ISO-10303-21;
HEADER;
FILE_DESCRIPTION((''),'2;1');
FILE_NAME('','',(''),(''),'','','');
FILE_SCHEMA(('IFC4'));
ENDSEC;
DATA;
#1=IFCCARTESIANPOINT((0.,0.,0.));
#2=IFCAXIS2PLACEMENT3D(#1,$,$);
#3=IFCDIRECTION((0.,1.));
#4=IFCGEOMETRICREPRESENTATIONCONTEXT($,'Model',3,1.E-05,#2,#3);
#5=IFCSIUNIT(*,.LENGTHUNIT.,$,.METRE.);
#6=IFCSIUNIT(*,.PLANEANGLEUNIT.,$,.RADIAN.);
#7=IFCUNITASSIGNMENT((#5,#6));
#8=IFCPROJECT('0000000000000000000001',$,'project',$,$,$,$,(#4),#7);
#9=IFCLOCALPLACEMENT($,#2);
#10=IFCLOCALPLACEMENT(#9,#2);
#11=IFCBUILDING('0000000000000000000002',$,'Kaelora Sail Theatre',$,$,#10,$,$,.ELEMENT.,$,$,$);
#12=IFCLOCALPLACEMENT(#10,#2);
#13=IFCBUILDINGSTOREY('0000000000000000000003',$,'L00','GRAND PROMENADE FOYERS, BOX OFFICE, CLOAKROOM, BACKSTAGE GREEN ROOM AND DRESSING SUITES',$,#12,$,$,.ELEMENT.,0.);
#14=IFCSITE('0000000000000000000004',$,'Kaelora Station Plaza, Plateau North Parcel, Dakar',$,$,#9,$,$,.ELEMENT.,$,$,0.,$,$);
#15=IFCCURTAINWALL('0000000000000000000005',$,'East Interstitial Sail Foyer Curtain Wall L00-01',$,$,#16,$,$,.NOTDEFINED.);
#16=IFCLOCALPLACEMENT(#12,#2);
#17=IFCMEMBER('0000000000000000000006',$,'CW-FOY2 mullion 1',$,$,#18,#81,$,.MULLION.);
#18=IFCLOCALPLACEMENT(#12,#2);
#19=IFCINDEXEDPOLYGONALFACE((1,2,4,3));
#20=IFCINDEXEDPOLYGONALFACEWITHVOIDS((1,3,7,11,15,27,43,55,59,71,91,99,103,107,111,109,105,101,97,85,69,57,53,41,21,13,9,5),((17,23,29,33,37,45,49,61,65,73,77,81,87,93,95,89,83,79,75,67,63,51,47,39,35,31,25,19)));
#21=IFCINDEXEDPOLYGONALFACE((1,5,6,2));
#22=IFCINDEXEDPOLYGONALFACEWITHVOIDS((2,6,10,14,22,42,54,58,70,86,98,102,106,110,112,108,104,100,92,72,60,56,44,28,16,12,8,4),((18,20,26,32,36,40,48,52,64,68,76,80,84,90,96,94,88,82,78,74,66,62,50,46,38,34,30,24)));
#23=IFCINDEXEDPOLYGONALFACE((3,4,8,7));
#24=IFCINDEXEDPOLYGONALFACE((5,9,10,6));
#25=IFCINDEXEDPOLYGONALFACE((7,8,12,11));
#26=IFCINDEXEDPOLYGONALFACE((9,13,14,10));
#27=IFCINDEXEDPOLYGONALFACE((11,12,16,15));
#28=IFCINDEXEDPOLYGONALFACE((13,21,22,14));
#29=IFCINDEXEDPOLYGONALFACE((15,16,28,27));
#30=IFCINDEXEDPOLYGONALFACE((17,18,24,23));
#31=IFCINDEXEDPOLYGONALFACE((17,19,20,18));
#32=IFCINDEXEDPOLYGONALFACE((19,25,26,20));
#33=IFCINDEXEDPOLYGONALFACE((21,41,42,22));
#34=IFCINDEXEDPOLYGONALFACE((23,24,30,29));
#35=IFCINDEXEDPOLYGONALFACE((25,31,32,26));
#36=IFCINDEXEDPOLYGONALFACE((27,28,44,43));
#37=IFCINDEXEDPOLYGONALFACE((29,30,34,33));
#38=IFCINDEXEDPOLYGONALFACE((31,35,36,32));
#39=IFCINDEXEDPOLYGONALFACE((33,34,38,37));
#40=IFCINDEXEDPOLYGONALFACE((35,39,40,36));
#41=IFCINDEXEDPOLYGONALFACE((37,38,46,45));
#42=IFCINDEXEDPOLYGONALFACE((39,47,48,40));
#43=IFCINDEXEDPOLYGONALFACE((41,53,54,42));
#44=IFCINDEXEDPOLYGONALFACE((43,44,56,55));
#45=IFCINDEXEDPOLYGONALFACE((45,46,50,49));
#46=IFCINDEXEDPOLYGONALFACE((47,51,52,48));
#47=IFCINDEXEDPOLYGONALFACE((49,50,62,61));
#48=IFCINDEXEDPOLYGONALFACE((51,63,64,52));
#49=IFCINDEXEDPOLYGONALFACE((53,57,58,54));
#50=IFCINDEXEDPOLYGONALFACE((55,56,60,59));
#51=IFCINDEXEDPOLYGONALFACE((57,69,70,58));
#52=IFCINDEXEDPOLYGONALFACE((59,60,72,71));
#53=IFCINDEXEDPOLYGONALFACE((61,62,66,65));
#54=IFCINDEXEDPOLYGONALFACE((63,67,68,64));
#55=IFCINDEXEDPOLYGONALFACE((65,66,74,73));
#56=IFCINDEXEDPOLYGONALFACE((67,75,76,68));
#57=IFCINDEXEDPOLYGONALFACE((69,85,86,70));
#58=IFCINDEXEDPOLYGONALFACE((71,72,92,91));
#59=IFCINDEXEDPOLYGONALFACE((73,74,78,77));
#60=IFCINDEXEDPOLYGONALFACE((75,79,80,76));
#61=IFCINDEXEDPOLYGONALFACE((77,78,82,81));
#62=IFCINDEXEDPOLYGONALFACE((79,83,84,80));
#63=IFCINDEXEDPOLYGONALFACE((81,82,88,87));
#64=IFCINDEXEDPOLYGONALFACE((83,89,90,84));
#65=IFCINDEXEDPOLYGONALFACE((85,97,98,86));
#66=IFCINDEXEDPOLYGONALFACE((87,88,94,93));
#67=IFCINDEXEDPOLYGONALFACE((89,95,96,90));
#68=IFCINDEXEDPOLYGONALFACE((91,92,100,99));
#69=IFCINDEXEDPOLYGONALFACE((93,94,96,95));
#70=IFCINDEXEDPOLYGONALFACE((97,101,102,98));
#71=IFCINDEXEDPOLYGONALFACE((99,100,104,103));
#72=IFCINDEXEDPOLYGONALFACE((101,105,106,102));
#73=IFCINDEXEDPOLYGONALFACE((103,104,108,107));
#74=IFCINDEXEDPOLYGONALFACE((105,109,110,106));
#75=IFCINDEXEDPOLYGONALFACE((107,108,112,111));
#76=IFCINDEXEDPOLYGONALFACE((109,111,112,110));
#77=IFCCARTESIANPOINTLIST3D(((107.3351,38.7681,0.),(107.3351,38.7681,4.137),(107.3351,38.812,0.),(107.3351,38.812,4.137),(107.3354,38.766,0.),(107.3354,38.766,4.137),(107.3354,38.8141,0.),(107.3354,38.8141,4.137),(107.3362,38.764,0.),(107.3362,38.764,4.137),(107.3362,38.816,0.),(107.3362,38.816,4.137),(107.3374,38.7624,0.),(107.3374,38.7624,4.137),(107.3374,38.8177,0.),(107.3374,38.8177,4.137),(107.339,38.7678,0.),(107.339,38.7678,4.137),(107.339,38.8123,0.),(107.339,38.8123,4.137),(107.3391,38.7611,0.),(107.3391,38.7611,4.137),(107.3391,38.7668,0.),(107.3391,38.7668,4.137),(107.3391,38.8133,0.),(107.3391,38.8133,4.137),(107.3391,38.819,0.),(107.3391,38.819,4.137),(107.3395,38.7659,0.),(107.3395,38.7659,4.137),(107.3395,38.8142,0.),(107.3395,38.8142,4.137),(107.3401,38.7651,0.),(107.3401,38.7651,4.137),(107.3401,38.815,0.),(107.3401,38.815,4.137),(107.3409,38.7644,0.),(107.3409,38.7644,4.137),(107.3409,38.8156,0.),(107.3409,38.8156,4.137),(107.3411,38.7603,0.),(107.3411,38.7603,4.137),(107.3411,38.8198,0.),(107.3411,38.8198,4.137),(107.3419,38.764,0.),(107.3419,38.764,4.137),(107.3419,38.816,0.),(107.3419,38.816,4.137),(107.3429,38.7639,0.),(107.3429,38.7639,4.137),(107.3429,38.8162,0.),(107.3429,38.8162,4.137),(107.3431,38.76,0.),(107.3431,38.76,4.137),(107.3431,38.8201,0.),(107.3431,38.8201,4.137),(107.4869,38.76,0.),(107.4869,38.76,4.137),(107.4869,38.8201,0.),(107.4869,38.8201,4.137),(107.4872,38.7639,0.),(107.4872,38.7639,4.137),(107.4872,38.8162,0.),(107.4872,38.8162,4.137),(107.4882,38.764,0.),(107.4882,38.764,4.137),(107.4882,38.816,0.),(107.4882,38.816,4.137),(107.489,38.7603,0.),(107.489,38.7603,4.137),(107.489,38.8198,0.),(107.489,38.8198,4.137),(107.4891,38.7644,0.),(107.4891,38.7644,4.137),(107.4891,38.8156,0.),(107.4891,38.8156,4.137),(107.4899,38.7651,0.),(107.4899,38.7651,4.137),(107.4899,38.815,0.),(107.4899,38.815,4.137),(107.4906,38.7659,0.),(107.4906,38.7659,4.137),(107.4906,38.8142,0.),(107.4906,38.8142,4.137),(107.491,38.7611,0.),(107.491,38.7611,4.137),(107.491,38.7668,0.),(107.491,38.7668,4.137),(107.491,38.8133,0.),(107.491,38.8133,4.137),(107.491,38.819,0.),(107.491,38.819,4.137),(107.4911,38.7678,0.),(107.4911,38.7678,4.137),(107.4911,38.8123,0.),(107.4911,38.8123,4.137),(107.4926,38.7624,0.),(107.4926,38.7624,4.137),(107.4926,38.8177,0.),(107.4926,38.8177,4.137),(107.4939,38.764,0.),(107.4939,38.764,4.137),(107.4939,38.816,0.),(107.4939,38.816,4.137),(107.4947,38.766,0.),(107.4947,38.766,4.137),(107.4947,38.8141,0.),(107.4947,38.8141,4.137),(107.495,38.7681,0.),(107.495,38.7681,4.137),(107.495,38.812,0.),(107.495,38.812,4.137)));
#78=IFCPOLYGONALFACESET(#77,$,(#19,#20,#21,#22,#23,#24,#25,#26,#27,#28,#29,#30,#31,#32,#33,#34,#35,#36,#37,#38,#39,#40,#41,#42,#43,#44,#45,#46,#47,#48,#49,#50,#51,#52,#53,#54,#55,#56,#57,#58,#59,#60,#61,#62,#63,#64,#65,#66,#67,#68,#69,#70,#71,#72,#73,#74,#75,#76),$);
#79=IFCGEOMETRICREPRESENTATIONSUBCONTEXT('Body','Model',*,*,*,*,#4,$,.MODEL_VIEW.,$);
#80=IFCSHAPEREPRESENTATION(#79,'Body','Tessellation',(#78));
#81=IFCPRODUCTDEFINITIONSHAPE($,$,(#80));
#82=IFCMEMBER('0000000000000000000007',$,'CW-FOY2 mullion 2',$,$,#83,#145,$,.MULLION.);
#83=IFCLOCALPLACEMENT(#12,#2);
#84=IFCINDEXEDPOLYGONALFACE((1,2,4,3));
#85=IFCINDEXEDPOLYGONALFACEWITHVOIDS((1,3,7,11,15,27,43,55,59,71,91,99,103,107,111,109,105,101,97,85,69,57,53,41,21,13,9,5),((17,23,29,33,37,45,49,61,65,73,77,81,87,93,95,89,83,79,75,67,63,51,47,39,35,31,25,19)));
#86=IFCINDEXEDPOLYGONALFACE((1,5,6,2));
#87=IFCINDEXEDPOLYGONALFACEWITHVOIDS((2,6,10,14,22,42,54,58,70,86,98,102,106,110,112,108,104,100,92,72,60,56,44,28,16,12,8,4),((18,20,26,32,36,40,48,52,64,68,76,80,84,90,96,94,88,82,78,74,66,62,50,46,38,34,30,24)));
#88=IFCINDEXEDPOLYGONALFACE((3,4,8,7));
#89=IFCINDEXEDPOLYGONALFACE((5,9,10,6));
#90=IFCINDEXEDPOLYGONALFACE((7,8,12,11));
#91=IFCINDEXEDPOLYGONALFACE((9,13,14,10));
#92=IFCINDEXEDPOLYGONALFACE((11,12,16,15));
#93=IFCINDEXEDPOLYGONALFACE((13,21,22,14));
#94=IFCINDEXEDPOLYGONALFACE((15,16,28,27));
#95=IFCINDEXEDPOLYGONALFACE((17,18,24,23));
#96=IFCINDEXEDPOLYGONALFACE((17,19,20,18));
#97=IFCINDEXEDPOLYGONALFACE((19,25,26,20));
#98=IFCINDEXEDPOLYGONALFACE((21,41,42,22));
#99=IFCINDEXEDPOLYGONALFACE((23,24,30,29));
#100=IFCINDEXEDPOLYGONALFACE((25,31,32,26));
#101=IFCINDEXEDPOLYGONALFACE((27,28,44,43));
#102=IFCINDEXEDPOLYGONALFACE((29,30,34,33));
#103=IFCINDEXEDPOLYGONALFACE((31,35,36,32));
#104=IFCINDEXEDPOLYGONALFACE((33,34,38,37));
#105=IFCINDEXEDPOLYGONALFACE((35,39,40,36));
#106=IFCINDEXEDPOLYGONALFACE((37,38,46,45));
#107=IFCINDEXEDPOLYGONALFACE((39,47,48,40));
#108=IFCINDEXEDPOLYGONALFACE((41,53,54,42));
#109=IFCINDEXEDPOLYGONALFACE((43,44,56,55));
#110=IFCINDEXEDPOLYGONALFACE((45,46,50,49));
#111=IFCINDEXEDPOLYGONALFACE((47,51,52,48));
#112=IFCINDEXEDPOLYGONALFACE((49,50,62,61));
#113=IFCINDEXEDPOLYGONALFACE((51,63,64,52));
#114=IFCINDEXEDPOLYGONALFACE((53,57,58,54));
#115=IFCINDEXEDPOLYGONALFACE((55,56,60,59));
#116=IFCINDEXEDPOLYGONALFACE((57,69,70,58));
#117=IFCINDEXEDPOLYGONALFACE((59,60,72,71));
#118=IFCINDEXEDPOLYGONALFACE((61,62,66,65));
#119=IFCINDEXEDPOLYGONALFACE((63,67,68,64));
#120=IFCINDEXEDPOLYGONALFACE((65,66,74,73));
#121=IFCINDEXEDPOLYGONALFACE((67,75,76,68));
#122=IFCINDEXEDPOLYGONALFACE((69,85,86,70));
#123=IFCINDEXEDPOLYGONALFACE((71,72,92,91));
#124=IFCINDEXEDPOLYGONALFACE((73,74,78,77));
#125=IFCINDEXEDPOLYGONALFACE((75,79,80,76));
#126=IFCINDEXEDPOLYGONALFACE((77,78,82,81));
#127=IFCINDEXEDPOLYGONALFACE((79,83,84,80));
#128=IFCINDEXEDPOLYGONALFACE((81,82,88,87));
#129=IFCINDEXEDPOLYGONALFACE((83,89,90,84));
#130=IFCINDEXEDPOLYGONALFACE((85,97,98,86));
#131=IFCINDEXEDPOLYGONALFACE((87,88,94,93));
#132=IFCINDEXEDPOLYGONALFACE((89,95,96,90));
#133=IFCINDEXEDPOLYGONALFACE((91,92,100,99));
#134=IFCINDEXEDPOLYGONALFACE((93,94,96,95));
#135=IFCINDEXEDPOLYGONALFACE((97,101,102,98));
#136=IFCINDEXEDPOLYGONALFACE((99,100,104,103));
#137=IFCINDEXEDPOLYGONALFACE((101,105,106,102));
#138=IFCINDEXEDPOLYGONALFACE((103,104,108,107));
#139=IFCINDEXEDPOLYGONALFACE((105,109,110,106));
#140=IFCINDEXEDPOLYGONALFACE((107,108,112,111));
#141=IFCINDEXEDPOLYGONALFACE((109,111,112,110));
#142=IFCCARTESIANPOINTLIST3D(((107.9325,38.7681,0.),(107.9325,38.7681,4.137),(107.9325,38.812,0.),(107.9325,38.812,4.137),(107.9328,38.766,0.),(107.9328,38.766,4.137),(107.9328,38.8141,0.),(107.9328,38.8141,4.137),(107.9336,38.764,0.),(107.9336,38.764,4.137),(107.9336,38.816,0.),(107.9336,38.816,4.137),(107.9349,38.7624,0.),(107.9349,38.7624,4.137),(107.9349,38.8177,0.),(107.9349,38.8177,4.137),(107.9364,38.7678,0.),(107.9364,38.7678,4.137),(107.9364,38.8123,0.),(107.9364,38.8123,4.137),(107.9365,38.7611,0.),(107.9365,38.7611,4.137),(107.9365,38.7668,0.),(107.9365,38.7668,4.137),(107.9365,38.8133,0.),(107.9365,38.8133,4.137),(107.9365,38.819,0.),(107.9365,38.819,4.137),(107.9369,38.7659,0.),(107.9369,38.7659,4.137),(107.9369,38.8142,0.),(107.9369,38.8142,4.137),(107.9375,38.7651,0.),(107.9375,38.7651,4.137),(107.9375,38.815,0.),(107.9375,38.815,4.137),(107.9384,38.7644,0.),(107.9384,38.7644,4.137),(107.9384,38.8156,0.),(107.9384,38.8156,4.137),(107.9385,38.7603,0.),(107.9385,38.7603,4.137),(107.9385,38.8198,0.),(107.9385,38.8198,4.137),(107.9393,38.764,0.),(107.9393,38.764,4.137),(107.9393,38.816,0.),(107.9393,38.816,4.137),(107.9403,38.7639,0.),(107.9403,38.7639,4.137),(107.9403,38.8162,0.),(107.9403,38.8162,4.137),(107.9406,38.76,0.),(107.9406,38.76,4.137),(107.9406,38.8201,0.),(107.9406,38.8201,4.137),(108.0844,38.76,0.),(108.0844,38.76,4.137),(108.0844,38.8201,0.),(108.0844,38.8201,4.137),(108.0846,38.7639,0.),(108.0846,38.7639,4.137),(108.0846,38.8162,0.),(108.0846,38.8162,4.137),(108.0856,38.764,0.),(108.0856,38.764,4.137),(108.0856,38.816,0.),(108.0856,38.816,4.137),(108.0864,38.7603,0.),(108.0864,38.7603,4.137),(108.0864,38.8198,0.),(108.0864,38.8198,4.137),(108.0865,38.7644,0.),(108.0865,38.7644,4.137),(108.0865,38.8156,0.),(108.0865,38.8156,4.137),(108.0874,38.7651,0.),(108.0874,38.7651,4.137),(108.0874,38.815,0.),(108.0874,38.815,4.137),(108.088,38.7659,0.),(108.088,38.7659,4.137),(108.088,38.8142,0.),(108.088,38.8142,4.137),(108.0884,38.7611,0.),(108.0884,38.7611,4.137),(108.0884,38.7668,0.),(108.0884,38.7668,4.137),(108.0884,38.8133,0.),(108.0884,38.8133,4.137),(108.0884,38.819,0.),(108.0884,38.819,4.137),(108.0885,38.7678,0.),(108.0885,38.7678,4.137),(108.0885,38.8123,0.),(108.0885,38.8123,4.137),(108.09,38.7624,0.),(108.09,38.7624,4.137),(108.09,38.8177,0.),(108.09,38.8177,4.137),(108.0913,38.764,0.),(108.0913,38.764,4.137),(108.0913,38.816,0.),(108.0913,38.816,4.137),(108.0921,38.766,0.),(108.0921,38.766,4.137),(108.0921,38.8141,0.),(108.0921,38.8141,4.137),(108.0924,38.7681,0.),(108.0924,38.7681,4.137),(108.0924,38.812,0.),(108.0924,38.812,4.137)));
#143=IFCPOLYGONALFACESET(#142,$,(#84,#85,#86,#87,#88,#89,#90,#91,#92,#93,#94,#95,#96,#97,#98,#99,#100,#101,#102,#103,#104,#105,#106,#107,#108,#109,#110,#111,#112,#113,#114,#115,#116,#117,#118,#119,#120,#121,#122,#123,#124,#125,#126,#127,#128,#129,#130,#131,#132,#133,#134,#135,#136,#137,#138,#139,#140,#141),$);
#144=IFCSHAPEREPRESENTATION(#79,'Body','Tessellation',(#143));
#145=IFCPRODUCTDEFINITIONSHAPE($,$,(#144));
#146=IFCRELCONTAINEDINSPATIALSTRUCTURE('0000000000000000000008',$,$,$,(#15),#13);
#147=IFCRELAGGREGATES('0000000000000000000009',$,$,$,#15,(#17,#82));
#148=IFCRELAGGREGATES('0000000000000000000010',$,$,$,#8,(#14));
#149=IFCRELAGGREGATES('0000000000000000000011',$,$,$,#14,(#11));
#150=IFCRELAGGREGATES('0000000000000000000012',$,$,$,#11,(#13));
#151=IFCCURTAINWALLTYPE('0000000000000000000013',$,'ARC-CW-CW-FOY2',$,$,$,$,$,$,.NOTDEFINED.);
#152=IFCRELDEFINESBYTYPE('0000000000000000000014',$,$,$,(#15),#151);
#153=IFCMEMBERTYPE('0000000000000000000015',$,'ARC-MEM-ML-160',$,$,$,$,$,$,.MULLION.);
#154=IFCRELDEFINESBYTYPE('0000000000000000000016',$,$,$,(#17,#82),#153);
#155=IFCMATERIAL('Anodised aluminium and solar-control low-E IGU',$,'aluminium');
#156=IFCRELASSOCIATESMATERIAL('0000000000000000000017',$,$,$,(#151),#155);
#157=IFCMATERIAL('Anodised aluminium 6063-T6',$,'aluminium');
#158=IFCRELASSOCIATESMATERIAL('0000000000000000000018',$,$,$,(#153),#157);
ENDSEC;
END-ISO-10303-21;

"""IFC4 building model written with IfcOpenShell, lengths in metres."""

from ifc_helpers import new_model, si_unit, direction, frame, origin, origin_2d, place, context, subcontext, project, spatial, hollow_rectangle, extrude, material, material_profile, profile_set, type_object, element, aggregate, save


model = new_model("IFC4")

# Units and contexts
model_context = context("Model", 3, precision=1e-05, world=origin(), true_north=direction((0.0, 1.0)))
body_context = subcontext(model_context, "Body", "Model", "MODEL_VIEW")
ifc_project = project(units=[si_unit("LENGTHUNIT", "METRE"), si_unit("PLANEANGLEUNIT", "RADIAN")], contexts=[model_context])

# Site, building, storey
site_placement = place(None, origin())
site = spatial("IfcSite", under=ifc_project, at=site_placement, Name="Kaelora Station Plaza, Plateau North Parcel, Dakar", CompositionType="ELEMENT", RefElevation=0.0)
building_placement = place(site_placement, origin())
building = spatial("IfcBuilding", under=site, at=building_placement, Name="Kaelora Sail Theatre", CompositionType="ELEMENT")
storey_placement = place(building_placement, origin())
storey = spatial("IfcBuildingStorey", under=building, at=storey_placement, Name="L00", Description="GRAND PROMENADE FOYERS, BOX OFFICE, CLOAKROOM, BACKSTAGE GREEN ROOM AND DRESSING SUITES", CompositionType="ELEMENT", Elevation=0.0)

# Curtain wall, members
ifc_material_1 = material(Name="Anodised aluminium and solar-control low-E IGU", Category="aluminium")
curtain_wall_type = type_object("IfcCurtainWallType", Name="ARC-CW-CW-FOY2", PredefinedType="NOTDEFINED", material=ifc_material_1)
curtain_wall_placement = place(storey_placement, origin())
curtain_wall = element("IfcCurtainWall", 1, at=curtain_wall_placement, inside=storey, type_object=curtain_wall_type, Name="East Interstitial Sail Foyer Curtain Wall L00-01", PredefinedType="NOTDEFINED")
ifc_material_2 = material(Name="Anodised aluminium 6063-T6", Category="aluminium")
ifc_material_profile_1 = material_profile(ifc_material_2, hollow_rectangle(XDim=0.0601, YDim=0.1599, WallThickness=0.0039, InnerFilletRadius=0.0039, OuterFilletRadius=0.0081, at=origin_2d()), Name="ALU-MULL 60x160x4")
ifc_profile_set_1 = profile_set([ifc_material_profile_1], Name="Anodised aluminium 6063-T6")
member_type_1 = type_object("IfcMemberType", Name="ARC-MEM-ML-160", PredefinedType="MULLION", material=ifc_profile_set_1)
member_1_placement = place(storey_placement, frame((107.415, 38.79, 0.0), z_axis=(0.0, 0.0, 1.0), x_axis=(0.0, 1.0, 0.0)))
member_1 = element("IfcMember", 2, at=member_1_placement, type_object=member_type_1, Name="CW-FOY2 mullion 1", PredefinedType="MULLION", context=body_context, shape_type="SweptSolid", body=[
    extrude(hollow_rectangle(XDim=0.0601, YDim=0.1599, WallThickness=0.0039, InnerFilletRadius=0.0039, OuterFilletRadius=0.0081, at=origin_2d()), origin(), (0.0, 0.0, 1.0), 4.137),
])
member_2_placement = place(storey_placement, frame((108.0125, 38.79, 0.0), z_axis=(0.0, 0.0, 1.0), x_axis=(0.0, 1.0, 0.0)))
member_2 = element("IfcMember", 3, at=member_2_placement, type_object=member_type_1, Name="CW-FOY2 mullion 2", PredefinedType="MULLION", context=body_context, shape_type="SweptSolid", body=[
    extrude(hollow_rectangle(XDim=0.0601, YDim=0.1599, WallThickness=0.0039, InnerFilletRadius=0.0039, OuterFilletRadius=0.0081, at=origin_2d()), origin(), (0.0, 0.0, 1.0), 4.137),
])
aggregate(curtain_wall, [member_1, member_2])

save(model, "model.ifc")
